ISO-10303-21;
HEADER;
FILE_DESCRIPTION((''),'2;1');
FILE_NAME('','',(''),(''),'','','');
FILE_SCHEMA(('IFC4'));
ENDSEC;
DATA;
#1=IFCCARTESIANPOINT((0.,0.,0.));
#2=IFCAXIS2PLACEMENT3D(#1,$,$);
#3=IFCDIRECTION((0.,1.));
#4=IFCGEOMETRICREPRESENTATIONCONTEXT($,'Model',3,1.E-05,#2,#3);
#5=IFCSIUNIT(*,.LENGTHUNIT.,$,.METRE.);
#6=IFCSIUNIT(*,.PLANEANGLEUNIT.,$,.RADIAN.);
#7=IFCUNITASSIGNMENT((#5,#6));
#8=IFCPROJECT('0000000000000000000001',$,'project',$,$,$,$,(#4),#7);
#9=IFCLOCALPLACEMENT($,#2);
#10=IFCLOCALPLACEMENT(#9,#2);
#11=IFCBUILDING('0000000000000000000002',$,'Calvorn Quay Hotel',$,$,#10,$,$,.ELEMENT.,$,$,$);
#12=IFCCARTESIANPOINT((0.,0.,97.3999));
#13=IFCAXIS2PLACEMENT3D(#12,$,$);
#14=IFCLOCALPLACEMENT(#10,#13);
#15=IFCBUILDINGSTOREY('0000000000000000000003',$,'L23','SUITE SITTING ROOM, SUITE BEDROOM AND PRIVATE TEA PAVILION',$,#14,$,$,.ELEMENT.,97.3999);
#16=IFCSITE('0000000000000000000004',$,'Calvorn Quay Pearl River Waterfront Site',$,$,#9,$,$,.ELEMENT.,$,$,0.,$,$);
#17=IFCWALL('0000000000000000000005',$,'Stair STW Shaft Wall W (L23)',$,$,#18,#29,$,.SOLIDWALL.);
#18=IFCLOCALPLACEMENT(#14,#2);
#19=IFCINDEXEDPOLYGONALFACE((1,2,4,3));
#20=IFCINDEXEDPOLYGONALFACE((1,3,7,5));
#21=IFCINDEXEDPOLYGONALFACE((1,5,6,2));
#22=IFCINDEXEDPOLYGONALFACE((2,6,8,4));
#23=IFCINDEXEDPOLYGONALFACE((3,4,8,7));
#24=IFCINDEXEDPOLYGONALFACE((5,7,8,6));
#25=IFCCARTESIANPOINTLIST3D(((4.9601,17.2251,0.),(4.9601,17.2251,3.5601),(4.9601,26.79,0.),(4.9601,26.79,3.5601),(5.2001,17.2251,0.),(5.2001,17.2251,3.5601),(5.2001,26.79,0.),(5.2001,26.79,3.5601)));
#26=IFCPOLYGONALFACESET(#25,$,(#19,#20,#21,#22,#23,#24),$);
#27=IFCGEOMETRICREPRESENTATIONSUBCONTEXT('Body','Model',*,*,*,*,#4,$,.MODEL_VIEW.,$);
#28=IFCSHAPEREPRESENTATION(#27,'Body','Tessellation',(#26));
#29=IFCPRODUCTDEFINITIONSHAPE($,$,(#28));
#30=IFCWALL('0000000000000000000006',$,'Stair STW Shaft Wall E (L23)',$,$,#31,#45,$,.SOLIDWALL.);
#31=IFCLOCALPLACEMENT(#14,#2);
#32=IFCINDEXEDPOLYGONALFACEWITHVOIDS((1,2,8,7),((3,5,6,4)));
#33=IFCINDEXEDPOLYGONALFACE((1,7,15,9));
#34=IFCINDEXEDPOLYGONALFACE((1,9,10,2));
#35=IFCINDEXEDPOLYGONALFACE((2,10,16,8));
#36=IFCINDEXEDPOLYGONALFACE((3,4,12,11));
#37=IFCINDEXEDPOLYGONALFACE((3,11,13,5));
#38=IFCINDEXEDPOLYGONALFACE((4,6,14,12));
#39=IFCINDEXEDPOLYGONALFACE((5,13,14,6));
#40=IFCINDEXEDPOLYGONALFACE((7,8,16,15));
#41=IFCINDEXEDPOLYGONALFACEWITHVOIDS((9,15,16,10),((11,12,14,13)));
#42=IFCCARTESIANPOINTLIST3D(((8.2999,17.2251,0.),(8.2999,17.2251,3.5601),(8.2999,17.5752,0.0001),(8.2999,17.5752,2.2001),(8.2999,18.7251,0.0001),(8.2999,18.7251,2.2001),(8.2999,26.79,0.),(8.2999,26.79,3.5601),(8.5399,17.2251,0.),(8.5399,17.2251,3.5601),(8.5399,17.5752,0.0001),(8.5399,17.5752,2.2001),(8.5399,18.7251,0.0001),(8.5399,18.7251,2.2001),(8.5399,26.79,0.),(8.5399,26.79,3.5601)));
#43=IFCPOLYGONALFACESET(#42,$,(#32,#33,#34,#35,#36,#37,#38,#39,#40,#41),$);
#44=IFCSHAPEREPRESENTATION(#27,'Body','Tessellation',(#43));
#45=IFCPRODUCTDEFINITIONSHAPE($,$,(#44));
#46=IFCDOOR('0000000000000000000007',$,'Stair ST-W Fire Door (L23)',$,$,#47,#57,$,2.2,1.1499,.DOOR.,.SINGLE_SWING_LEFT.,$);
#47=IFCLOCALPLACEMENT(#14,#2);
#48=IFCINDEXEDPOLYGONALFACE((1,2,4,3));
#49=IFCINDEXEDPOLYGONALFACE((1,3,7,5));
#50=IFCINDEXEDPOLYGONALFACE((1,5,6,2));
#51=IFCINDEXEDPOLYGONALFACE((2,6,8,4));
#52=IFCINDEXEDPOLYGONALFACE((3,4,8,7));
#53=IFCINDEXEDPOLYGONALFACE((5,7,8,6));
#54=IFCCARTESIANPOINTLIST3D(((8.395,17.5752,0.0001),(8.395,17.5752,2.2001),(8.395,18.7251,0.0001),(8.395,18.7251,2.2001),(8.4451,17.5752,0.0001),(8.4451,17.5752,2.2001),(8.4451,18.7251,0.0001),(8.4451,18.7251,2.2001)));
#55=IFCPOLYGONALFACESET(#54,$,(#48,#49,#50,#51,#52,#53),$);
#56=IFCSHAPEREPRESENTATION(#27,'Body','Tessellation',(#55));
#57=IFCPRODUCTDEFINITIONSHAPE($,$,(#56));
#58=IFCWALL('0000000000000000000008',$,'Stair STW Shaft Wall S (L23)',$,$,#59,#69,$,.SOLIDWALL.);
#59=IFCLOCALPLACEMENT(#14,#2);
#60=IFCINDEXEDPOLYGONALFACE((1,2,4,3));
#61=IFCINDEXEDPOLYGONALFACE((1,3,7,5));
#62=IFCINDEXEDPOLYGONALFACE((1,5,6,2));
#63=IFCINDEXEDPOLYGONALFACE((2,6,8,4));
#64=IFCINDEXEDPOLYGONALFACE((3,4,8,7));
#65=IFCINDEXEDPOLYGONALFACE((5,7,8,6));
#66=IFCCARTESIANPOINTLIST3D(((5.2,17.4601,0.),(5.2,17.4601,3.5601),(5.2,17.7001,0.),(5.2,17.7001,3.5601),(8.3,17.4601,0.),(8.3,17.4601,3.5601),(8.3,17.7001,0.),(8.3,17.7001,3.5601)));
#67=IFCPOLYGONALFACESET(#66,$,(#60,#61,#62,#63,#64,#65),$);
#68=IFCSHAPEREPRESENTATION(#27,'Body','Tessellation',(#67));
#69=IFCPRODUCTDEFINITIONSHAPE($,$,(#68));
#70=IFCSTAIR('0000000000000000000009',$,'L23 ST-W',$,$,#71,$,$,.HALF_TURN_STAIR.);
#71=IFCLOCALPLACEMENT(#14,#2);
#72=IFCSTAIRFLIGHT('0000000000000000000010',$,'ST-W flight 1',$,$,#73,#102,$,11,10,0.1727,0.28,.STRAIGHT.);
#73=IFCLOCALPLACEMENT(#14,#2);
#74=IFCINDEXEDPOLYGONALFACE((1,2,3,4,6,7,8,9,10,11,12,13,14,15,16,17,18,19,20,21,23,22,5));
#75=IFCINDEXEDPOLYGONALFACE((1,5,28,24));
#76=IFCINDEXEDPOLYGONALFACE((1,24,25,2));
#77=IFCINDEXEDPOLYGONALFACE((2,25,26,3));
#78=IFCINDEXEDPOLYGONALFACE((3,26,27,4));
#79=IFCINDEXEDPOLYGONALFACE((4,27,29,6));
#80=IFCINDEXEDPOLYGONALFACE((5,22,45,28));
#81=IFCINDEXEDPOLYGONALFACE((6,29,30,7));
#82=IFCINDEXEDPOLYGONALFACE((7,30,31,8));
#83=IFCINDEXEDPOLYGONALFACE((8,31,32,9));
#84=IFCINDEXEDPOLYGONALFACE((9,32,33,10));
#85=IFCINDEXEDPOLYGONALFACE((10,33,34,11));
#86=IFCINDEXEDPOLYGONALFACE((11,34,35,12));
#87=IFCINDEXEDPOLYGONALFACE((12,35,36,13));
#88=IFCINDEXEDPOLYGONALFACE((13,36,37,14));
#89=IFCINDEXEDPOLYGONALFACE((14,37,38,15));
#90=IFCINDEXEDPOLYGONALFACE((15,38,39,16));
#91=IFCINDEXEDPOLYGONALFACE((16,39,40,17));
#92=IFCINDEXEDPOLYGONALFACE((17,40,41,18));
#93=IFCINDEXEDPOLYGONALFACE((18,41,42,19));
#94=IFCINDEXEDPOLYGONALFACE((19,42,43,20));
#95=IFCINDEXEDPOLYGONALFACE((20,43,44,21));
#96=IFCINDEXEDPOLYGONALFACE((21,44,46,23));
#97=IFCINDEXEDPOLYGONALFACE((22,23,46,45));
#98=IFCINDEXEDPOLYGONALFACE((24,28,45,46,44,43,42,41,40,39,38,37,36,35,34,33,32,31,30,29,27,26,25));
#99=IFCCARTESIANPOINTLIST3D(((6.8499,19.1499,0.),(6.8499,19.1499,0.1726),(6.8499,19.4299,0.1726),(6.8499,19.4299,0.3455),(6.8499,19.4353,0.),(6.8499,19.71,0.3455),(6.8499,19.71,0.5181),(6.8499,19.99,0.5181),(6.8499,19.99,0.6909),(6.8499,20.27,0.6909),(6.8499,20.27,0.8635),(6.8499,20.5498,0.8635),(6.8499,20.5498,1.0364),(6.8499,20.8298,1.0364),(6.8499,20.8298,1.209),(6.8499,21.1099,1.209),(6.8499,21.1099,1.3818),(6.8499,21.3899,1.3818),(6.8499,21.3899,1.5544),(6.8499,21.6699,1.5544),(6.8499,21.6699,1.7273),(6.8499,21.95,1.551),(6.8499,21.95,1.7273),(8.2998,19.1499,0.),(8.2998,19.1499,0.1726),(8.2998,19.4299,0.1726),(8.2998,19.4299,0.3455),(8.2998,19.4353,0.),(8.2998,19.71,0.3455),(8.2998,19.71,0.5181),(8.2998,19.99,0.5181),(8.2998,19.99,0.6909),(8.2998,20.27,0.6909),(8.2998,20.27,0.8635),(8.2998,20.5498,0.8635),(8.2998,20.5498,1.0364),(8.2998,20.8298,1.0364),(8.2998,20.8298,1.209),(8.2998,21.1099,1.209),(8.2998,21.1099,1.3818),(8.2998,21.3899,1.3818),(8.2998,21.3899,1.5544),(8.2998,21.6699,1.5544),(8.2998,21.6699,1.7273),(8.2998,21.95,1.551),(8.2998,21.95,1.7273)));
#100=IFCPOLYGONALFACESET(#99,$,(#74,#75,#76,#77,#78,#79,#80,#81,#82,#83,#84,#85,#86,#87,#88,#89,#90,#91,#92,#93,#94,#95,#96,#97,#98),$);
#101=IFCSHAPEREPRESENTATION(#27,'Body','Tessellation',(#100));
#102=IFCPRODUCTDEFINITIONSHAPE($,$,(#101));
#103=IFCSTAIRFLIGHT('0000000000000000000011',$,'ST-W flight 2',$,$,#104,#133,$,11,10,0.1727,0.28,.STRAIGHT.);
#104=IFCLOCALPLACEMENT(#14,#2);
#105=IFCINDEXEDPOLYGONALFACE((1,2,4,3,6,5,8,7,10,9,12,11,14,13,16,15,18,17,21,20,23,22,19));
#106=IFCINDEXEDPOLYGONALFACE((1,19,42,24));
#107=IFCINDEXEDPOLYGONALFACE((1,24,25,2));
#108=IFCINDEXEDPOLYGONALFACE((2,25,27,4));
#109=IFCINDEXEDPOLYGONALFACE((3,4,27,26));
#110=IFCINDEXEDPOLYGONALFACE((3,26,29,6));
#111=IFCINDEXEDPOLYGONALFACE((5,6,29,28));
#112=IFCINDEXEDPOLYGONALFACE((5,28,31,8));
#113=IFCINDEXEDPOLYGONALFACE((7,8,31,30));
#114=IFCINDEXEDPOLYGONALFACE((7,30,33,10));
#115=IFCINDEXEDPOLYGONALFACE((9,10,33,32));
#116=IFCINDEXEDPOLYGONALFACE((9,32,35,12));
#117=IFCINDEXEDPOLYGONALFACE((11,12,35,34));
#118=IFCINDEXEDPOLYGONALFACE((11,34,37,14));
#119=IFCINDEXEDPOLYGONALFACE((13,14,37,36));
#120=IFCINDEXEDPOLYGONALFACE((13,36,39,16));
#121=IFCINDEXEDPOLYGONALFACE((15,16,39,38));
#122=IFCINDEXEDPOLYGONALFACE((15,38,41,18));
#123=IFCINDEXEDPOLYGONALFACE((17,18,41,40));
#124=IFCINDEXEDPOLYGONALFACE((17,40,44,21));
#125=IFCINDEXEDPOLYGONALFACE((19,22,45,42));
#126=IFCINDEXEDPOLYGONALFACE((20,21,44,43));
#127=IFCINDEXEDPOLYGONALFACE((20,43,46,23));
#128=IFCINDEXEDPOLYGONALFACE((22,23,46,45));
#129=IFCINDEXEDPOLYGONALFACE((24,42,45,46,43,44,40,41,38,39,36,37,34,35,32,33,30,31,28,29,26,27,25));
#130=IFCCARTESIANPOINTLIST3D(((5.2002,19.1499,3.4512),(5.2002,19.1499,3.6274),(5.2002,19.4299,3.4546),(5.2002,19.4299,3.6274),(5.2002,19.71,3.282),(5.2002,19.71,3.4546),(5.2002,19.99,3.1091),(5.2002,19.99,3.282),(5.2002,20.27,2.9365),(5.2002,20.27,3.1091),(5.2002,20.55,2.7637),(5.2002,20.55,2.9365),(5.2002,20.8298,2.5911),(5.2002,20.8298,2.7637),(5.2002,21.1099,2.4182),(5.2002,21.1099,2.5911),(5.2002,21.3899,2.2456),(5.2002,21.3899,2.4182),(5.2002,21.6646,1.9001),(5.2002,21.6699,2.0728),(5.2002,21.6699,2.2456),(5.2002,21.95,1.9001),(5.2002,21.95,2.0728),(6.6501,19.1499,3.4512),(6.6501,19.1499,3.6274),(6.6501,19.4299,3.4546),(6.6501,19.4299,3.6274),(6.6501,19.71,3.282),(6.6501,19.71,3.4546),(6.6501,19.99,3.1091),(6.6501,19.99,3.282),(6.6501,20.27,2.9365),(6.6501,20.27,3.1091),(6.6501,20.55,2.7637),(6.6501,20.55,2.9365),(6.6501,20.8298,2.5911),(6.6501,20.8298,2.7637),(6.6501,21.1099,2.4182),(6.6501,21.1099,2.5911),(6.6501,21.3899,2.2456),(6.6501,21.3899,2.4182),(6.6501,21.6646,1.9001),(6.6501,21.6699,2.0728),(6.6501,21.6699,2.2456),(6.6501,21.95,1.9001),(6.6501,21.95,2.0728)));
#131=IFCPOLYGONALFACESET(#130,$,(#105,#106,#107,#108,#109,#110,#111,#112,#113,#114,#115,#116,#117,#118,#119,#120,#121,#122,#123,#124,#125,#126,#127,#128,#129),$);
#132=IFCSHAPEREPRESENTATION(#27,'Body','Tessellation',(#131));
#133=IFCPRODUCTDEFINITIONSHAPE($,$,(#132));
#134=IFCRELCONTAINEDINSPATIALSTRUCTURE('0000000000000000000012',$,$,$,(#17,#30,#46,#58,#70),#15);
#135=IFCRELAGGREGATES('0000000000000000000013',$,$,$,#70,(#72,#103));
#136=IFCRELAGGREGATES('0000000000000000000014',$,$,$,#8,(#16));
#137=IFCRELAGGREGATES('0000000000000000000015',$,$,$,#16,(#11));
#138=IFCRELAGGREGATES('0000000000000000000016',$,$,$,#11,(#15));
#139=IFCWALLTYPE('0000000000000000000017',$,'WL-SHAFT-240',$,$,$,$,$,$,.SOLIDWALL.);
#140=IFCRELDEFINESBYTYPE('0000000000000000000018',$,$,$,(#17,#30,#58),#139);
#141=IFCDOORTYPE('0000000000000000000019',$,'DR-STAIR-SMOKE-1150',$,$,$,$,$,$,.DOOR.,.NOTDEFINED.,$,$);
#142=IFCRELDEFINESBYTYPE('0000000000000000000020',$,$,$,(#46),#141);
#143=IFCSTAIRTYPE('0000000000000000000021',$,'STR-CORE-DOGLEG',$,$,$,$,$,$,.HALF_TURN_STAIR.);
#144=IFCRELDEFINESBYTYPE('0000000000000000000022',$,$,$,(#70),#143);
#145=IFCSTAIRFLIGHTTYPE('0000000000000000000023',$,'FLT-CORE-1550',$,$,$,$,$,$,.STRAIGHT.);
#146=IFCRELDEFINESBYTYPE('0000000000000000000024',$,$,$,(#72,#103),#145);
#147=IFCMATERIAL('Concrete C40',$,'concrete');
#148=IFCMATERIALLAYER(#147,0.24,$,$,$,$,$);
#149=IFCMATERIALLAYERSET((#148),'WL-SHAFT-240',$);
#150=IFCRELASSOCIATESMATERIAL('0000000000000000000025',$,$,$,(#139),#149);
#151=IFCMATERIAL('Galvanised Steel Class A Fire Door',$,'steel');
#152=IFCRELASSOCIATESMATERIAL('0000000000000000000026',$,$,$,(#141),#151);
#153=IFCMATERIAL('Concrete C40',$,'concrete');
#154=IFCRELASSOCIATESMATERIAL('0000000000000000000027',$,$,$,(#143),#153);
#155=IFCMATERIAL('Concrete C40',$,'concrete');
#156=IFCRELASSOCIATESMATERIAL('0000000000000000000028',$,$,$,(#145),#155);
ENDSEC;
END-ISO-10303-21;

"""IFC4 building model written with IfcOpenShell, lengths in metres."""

from ifc_helpers import new_model, si_unit, direction, frame, frame_2d, origin, place, context, subcontext, project, spatial, polyline, rectangle, outline, extrude, material, layer, layer_set, type_object, element, fill, aggregate, save


model = new_model("IFC4")

# Units and contexts
model_context = context("Model", 3, precision=1e-05, world=origin(), true_north=direction((0.0, 1.0)))
body_context = subcontext(model_context, "Body", "Model", "MODEL_VIEW")
ifc_project = project(units=[si_unit("LENGTHUNIT", "METRE"), si_unit("PLANEANGLEUNIT", "RADIAN")], contexts=[model_context])

# Site, building, storey
site_placement = place(None, origin())
site = spatial("IfcSite", under=ifc_project, at=site_placement, Name="Calvorn Quay Pearl River Waterfront Site", CompositionType="ELEMENT", RefElevation=0.0)
building_placement = place(site_placement, origin())
building = spatial("IfcBuilding", under=site, at=building_placement, Name="Calvorn Quay Hotel", CompositionType="ELEMENT")
storey_placement = place(building_placement, frame((0.0, 0.0, 97.3999)))
storey = spatial("IfcBuildingStorey", under=building, at=storey_placement, Name="L23", Description="SUITE SITTING ROOM, SUITE BEDROOM AND PRIVATE TEA PAVILION", CompositionType="ELEMENT", Elevation=97.3999)

# Wall
ifc_material_1 = material(Name="Concrete C40", Category="concrete")
ifc_layer_1 = layer(ifc_material_1, 0.24)
ifc_layer_set_1 = layer_set([ifc_layer_1], Name="WL-SHAFT-240")
wall_type_1 = type_object("IfcWallType", Name="WL-SHAFT-240", PredefinedType="SOLIDWALL", material=ifc_layer_set_1)
wall_1_placement = place(storey_placement, frame((5.0801, 17.2251, 0.0), z_axis=(0.0, 0.0, 1.0), x_axis=(0.0, 1.0, 0.0)))
element("IfcWall", 1, at=wall_1_placement, inside=storey, type_object=wall_type_1, Name="Stair STW Shaft Wall W (L23)", PredefinedType="SOLIDWALL", context=body_context, shape_type="SweptSolid", body=[
    extrude(rectangle(XDim=9.5649, YDim=0.24, at=frame_2d((4.7825, 0.0))), origin(), (0.0, 0.0, 1.0), 3.5601),
])

# Wall, opening, door
wall_2_placement = place(storey_placement, frame((8.4199, 17.2251, 0.0), z_axis=(0.0, 0.0, 1.0), x_axis=(0.0, 1.0, 0.0)))
wall_2 = element("IfcWall", 2, at=wall_2_placement, inside=storey, type_object=wall_type_1, Name="Stair STW Shaft Wall E (L23)", PredefinedType="SOLIDWALL", context=body_context, shape_type="SweptSolid", body=[
    extrude(rectangle(XDim=9.5649, YDim=0.24, at=frame_2d((4.7825, 0.0))), origin(), (0.0, 0.0, 1.0), 3.5601),
])
opening_1_placement = place(wall_2_placement, frame((0.3501, 0.0, 0.0)))
opening_1 = element("IfcOpeningElement", 3, at=opening_1_placement, cuts=wall_2, PredefinedType="OPENING", context=body_context, shape_type="SweptSolid", body=[
    extrude(rectangle(XDim=1.1499, YDim=2.2, at=frame_2d((0.575, 1.1001))), frame((0.0, 0.1299, 0.0), z_axis=(0.0, -1.0, 0.0), x_axis=(1.0, 0.0, 0.0)), (0.0, 0.0, 1.0), 0.26),
])
ifc_material_2 = material(Name="Galvanised Steel Class A Fire Door", Category="steel")
door_type_1 = type_object("IfcDoorType", Name="DR-STAIR-SMOKE-1150", OperationType="NOTDEFINED", PredefinedType="DOOR", material=ifc_material_2)
door_1_placement = place(opening_1_placement, origin())
door_1 = element("IfcDoor", 4, at=door_1_placement, inside=storey, type_object=door_type_1, Name="Stair ST-W Fire Door (L23)", OperationType="SINGLE_SWING_LEFT", OverallHeight=2.2, OverallWidth=1.1499, PredefinedType="DOOR", context=body_context, shape_type="SweptSolid", body=[
    extrude(rectangle(XDim=1.1499, YDim=2.2, at=frame_2d((0.575, 1.1001))), frame((0.0, 0.0249, 0.0), z_axis=(0.0, -1.0, 0.0), x_axis=(1.0, 0.0, 0.0)), (0.0, 0.0, 1.0), 0.05),
])
fill(opening_1, door_1)

# Wall
wall_3_placement = place(storey_placement, frame((5.2, 17.5801, 0.0), z_axis=(0.0, 0.0, 1.0), x_axis=(1.0, 0.0, 0.0)))
element("IfcWall", 5, at=wall_3_placement, inside=storey, type_object=wall_type_1, Name="Stair STW Shaft Wall S (L23)", PredefinedType="SOLIDWALL", context=body_context, shape_type="SweptSolid", body=[
    extrude(rectangle(XDim=3.1001, YDim=0.24, at=frame_2d((1.55, 0.0))), origin(), (0.0, 0.0, 1.0), 3.5601),
])

# Stair, stair flights
ifc_material_3 = material(Name="Concrete C40", Category="concrete")
stair_type = type_object("IfcStairType", Name="STR-CORE-DOGLEG", PredefinedType="HALF_TURN_STAIR", material=ifc_material_3)
stair_placement = place(storey_placement, origin())
stair = element("IfcStair", 6, at=stair_placement, inside=storey, type_object=stair_type, Name="L23 ST-W", PredefinedType="HALF_TURN_STAIR")
ifc_material_4 = material(Name="Concrete C40", Category="concrete")
stair_flight_type = type_object("IfcStairFlightType", Name="FLT-CORE-1550", PredefinedType="STRAIGHT", material=ifc_material_4)
stair_flight_1_placement = place(storey_placement, frame((7.575, 19.1499, 0.0), z_axis=(0.0, 0.0, 1.0), x_axis=(0.0, 1.0, 0.0)))
stair_flight_1 = element("IfcStairFlight", 7, at=stair_flight_1_placement, type_object=stair_flight_type, Name="ST-W flight 1", NumberOfRisers=11, NumberOfTreads=10, PredefinedType="STRAIGHT", RiserHeight=0.1727, TreadLength=0.28, context=body_context, shape_type="SweptSolid", body=[
    extrude(outline(polyline([(0.0, 0.0), (0.0, 0.1726), (0.28, 0.1726), (0.28, 0.3455), (0.5601, 0.3455), (0.5601, 0.5181), (0.8401, 0.5181), (0.8401, 0.6909), (1.1201, 0.6909), (1.1201, 0.8635), (1.3999, 0.8635), (1.3999, 1.0364), (1.6799, 1.0364), (1.6799, 1.209), (1.96, 1.209), (1.96, 1.3818), (2.24, 1.3818), (2.24, 1.5544), (2.52, 1.5544), (2.52, 1.7273), (2.8, 1.7273), (2.8, 1.8999), (2.8, 1.551), (0.2854, 0.0), (0.0, 0.0)])), frame((0.0, 0.7251, 0.0), z_axis=(0.0, -1.0, 0.0), x_axis=(1.0, 0.0, 0.0)), (0.0, 0.0, 1.0), 1.45),
])
stair_flight_2_placement = place(storey_placement, frame((5.925, 21.95, 1.9001), z_axis=(0.0, 0.0, 1.0), x_axis=(0.0, -1.0, 0.0)))
stair_flight_2 = element("IfcStairFlight", 8, at=stair_flight_2_placement, type_object=stair_flight_type, Name="ST-W flight 2", NumberOfRisers=11, NumberOfTreads=10, PredefinedType="STRAIGHT", RiserHeight=0.1727, TreadLength=0.28, context=body_context, shape_type="SweptSolid", body=[
    extrude(outline(polyline([(0.0, 0.0), (0.0, 0.1726), (0.28, 0.1726), (0.28, 0.3455), (0.5601, 0.3455), (0.5601, 0.5181), (0.8401, 0.5181), (0.8401, 0.6909), (1.1201, 0.6909), (1.1201, 0.8635), (1.3999, 0.8635), (1.3999, 1.0364), (1.6799, 1.0364), (1.6799, 1.209), (1.96, 1.209), (1.96, 1.3818), (2.24, 1.3818), (2.24, 1.5544), (2.52, 1.5544), (2.52, 1.7273), (2.8, 1.7273), (2.8, 1.8999), (2.8, 1.551), (0.2854, 0.0), (0.0, 0.0)])), frame((0.0, 0.7251, 0.0), z_axis=(0.0, -1.0, 0.0), x_axis=(1.0, 0.0, 0.0)), (0.0, 0.0, 1.0), 1.45),
])
aggregate(stair, [stair_flight_1, stair_flight_2])

save(model, "model.ifc")
